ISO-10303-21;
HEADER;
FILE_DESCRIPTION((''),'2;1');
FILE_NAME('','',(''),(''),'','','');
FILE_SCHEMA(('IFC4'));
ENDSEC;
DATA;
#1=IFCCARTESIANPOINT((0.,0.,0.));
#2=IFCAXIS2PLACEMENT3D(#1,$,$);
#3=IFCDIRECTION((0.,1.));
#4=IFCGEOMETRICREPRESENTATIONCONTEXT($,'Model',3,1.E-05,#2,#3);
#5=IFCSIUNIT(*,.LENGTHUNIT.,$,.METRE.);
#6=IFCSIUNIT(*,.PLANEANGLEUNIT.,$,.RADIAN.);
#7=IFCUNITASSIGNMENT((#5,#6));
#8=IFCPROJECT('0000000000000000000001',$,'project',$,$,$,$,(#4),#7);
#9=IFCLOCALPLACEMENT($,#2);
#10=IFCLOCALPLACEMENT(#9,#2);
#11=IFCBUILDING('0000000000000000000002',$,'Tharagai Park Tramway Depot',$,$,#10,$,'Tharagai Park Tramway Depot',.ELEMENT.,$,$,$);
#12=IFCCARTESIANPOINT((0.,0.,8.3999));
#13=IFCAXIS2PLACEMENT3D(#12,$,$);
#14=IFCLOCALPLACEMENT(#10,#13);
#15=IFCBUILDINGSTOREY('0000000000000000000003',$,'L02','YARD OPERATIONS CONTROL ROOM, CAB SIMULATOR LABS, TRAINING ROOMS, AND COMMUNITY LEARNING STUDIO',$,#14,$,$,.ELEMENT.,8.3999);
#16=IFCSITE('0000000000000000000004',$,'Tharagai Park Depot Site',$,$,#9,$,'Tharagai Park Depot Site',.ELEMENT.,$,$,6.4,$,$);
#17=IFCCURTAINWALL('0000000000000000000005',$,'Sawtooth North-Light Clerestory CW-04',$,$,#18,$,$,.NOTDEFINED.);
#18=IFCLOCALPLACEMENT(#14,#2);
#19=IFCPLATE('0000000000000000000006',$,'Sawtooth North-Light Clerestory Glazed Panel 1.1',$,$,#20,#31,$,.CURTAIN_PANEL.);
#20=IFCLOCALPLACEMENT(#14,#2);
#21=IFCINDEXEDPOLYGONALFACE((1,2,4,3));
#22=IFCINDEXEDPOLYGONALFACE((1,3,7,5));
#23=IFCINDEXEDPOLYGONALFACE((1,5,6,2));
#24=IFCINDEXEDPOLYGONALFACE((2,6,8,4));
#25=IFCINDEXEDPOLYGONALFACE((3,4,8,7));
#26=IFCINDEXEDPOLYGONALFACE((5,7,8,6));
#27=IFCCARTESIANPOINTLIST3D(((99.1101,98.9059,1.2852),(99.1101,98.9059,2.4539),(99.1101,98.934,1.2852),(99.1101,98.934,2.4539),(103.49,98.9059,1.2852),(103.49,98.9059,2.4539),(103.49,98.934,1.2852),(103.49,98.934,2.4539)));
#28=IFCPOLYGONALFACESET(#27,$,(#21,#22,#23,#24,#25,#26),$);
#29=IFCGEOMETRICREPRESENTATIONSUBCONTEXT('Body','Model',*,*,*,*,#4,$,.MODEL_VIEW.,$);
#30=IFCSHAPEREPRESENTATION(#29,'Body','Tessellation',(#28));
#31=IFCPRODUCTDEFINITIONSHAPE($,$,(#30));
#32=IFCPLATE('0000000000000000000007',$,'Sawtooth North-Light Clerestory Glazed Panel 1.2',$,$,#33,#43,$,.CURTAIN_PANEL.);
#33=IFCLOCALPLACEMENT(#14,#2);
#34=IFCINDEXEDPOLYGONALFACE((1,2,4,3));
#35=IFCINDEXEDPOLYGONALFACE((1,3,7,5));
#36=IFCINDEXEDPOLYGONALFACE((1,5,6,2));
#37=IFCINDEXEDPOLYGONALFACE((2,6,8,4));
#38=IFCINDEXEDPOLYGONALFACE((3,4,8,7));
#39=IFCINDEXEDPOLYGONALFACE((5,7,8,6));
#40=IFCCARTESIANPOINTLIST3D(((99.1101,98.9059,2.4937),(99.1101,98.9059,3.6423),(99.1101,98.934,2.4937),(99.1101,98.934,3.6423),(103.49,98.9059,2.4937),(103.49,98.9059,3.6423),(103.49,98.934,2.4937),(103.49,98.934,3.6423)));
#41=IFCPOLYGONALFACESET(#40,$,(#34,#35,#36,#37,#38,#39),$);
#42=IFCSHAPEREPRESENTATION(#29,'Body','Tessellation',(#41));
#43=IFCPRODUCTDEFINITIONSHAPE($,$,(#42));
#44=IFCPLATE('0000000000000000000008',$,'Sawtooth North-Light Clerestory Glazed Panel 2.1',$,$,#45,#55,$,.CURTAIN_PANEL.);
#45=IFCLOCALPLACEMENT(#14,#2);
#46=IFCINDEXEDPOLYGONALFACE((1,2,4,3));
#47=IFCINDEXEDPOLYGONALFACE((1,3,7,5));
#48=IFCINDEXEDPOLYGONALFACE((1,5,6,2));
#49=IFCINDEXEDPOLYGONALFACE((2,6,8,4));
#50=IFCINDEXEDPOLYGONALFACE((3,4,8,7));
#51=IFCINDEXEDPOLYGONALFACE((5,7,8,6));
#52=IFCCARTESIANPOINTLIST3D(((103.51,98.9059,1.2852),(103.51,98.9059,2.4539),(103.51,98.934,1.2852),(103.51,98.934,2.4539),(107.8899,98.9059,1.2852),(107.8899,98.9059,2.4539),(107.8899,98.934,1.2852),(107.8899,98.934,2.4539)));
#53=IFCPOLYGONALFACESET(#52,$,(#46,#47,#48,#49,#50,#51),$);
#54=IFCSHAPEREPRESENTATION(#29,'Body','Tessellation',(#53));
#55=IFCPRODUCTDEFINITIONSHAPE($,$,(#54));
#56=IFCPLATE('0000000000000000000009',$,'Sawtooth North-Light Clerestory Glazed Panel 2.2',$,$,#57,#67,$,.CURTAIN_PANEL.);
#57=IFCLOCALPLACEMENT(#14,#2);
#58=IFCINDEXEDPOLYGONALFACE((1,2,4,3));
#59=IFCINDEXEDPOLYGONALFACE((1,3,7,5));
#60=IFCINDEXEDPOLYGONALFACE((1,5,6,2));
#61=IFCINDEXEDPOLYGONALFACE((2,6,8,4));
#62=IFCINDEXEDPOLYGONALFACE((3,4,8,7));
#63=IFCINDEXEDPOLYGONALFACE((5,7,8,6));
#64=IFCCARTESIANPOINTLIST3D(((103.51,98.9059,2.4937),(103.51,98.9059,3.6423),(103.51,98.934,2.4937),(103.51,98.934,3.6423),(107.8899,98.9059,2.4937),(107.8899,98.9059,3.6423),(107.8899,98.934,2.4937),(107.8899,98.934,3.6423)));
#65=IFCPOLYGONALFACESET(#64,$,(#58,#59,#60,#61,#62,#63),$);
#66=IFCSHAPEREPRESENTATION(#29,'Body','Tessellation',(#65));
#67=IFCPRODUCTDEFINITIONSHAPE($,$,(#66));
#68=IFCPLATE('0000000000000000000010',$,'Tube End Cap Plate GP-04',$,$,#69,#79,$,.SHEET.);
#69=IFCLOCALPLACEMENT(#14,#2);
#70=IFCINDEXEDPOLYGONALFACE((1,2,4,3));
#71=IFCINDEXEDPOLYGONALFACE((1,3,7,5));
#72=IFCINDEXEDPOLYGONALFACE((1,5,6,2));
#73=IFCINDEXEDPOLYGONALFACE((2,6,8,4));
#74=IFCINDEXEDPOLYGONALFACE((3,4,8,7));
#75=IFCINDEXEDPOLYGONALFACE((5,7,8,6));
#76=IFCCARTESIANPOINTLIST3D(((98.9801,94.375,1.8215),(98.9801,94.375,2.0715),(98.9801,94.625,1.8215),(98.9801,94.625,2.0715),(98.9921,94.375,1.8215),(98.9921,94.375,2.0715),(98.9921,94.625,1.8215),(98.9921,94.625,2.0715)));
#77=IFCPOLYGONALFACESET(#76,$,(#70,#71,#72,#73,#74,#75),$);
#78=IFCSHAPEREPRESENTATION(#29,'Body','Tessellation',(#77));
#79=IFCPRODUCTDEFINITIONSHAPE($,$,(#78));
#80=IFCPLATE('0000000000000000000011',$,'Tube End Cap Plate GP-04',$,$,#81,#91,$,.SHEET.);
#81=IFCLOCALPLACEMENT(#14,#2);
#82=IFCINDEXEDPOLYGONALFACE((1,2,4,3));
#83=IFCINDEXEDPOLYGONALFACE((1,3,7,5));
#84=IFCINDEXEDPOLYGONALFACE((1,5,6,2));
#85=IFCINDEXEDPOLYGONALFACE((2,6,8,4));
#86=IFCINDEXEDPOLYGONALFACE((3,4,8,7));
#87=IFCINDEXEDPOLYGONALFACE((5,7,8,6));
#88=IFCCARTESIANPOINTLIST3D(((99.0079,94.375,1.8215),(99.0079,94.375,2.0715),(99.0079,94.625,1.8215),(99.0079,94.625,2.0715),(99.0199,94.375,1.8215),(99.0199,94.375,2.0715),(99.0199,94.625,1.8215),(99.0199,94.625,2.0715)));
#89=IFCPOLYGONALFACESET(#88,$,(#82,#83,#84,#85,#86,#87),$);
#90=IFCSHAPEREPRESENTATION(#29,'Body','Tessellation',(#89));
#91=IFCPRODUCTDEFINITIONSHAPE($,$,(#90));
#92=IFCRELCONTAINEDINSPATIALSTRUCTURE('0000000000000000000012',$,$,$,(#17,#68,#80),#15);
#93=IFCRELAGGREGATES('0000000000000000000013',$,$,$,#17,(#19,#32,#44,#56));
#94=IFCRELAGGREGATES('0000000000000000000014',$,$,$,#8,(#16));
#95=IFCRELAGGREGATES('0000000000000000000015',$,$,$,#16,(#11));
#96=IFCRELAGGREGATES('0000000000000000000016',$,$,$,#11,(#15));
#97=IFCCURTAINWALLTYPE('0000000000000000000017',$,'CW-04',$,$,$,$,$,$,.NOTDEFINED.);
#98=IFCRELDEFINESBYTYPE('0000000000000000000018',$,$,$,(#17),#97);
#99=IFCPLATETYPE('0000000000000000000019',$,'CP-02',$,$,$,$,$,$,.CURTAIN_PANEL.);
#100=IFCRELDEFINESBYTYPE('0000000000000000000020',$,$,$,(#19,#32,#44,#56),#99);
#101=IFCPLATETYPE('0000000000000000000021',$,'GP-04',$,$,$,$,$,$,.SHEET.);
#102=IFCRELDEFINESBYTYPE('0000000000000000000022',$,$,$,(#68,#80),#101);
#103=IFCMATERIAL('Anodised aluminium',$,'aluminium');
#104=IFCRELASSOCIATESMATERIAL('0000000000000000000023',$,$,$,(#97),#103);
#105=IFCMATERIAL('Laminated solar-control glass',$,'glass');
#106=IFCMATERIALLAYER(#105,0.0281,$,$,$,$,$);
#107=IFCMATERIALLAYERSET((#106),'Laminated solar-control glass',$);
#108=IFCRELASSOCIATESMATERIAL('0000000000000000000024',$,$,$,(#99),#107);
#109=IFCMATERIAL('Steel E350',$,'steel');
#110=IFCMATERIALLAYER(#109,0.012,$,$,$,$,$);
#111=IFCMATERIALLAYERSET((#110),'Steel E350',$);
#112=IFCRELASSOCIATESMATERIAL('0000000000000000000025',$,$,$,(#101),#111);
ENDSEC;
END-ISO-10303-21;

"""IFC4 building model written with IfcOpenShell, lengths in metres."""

from ifc_helpers import new_model, si_unit, direction, frame, origin, origin_2d, place, context, subcontext, project, spatial, rectangle, extrude, material, layer, layer_set, type_object, element, aggregate, save


model = new_model("IFC4")

# Units and contexts
model_context = context("Model", 3, precision=1e-05, world=origin(), true_north=direction((0.0, 1.0)))
body_context = subcontext(model_context, "Body", "Model", "MODEL_VIEW")
ifc_project = project(units=[si_unit("LENGTHUNIT", "METRE"), si_unit("PLANEANGLEUNIT", "RADIAN")], contexts=[model_context])

# Site, building, storey
site_placement = place(None, origin())
site = spatial("IfcSite", under=ifc_project, at=site_placement, Name="Tharagai Park Depot Site", LongName="Tharagai Park Depot Site", CompositionType="ELEMENT", RefElevation=6.4)
building_placement = place(site_placement, origin())
building = spatial("IfcBuilding", under=site, at=building_placement, Name="Tharagai Park Tramway Depot", LongName="Tharagai Park Tramway Depot", CompositionType="ELEMENT")
storey_placement = place(building_placement, frame((0.0, 0.0, 8.3999)))
storey = spatial("IfcBuildingStorey", under=building, at=storey_placement, Name="L02", Description="YARD OPERATIONS CONTROL ROOM, CAB SIMULATOR LABS, TRAINING ROOMS, AND COMMUNITY LEARNING STUDIO", CompositionType="ELEMENT", Elevation=8.3999)

# Shared definitions
ifc_material_1 = material(Name="Steel E350", Category="steel")

# Curtain wall
ifc_material_2 = material(Name="Anodised aluminium", Category="aluminium")
curtain_wall_type = type_object("IfcCurtainWallType", Name="CW-04", PredefinedType="NOTDEFINED", material=ifc_material_2)
curtain_wall_1_placement = place(storey_placement, origin())
curtain_wall_1 = element("IfcCurtainWall", 1, at=curtain_wall_1_placement, inside=storey, type_object=curtain_wall_type, Name="Sawtooth North-Light Clerestory CW-04", PredefinedType="NOTDEFINED")

# Plates
ifc_material_3 = material(Name="Laminated solar-control glass", Category="glass")
ifc_layer_1 = layer(ifc_material_3, 0.0281)
ifc_layer_set_1 = layer_set([ifc_layer_1], Name="Laminated solar-control glass")
plate_type_1 = type_object("IfcPlateType", Name="CP-02", PredefinedType="CURTAIN_PANEL", material=ifc_layer_set_1)
plate_1_placement = place(storey_placement, frame((101.3, 98.9199, 1.2852), z_axis=(0.0, 0.0, 1.0), x_axis=(1.0, 0.0, 0.0)))
plate_1 = element("IfcPlate", 2, at=plate_1_placement, type_object=plate_type_1, Name="Sawtooth North-Light Clerestory Glazed Panel 1.1", PredefinedType="CURTAIN_PANEL", context=body_context, shape_type="SweptSolid", body=[
    extrude(rectangle(XDim=4.3799, YDim=0.0281, at=origin_2d()), origin(), (0.0, 0.0, 1.0), 1.1687),
])
plate_2_placement = place(storey_placement, frame((101.3, 98.9199, 2.4937), z_axis=(0.0, 0.0, 1.0), x_axis=(1.0, 0.0, 0.0)))
plate_2 = element("IfcPlate", 3, at=plate_2_placement, type_object=plate_type_1, Name="Sawtooth North-Light Clerestory Glazed Panel 1.2", PredefinedType="CURTAIN_PANEL", context=body_context, shape_type="SweptSolid", body=[
    extrude(rectangle(XDim=4.3799, YDim=0.0281, at=origin_2d()), origin(), (0.0, 0.0, 1.0), 1.1487),
])
plate_3_placement = place(storey_placement, frame((105.7, 98.9199, 1.2852), z_axis=(0.0, 0.0, 1.0), x_axis=(1.0, 0.0, 0.0)))
plate_3 = element("IfcPlate", 4, at=plate_3_placement, type_object=plate_type_1, Name="Sawtooth North-Light Clerestory Glazed Panel 2.1", PredefinedType="CURTAIN_PANEL", context=body_context, shape_type="SweptSolid", body=[
    extrude(rectangle(XDim=4.3799, YDim=0.0281, at=origin_2d()), origin(), (0.0, 0.0, 1.0), 1.1687),
])
plate_4_placement = place(storey_placement, frame((105.7, 98.9199, 2.4937), z_axis=(0.0, 0.0, 1.0), x_axis=(1.0, 0.0, 0.0)))
plate_4 = element("IfcPlate", 5, at=plate_4_placement, type_object=plate_type_1, Name="Sawtooth North-Light Clerestory Glazed Panel 2.2", PredefinedType="CURTAIN_PANEL", context=body_context, shape_type="SweptSolid", body=[
    extrude(rectangle(XDim=4.3799, YDim=0.0281, at=origin_2d()), origin(), (0.0, 0.0, 1.0), 1.1487),
])
aggregate(curtain_wall_1, [plate_1, plate_2, plate_3, plate_4])

# Plates
ifc_layer_2 = layer(ifc_material_1, 0.012)
ifc_layer_set_2 = layer_set([ifc_layer_2], Name="Steel E350")
plate_type_2 = type_object("IfcPlateType", Name="GP-04", PredefinedType="SHEET", material=ifc_layer_set_2)
for number, where, z_axis, x_axis, name in (
    (6, (98.9861, 94.5, 1.8215), (0.0, 0.0, 1.0), (1.0, 0.0, 0.0), "Tube End Cap Plate GP-04"),
    (7, (99.0139, 94.5, 1.8215), (0.0, 0.0, 1.0), (1.0, 0.0, 0.0), "Tube End Cap Plate GP-04"),
):
    element("IfcPlate", number, at=place(storey_placement, frame(where, z_axis=z_axis, x_axis=x_axis)), inside=storey, type_object=plate_type_2, Name=name, PredefinedType="SHEET", context=body_context, shape_type="SweptSolid", body=[
        extrude(rectangle(XDim=0.012, YDim=0.25, at=origin_2d()), origin(), (0.0, 0.0, 1.0), 0.25),
    ])

save(model, "model.ifc")
